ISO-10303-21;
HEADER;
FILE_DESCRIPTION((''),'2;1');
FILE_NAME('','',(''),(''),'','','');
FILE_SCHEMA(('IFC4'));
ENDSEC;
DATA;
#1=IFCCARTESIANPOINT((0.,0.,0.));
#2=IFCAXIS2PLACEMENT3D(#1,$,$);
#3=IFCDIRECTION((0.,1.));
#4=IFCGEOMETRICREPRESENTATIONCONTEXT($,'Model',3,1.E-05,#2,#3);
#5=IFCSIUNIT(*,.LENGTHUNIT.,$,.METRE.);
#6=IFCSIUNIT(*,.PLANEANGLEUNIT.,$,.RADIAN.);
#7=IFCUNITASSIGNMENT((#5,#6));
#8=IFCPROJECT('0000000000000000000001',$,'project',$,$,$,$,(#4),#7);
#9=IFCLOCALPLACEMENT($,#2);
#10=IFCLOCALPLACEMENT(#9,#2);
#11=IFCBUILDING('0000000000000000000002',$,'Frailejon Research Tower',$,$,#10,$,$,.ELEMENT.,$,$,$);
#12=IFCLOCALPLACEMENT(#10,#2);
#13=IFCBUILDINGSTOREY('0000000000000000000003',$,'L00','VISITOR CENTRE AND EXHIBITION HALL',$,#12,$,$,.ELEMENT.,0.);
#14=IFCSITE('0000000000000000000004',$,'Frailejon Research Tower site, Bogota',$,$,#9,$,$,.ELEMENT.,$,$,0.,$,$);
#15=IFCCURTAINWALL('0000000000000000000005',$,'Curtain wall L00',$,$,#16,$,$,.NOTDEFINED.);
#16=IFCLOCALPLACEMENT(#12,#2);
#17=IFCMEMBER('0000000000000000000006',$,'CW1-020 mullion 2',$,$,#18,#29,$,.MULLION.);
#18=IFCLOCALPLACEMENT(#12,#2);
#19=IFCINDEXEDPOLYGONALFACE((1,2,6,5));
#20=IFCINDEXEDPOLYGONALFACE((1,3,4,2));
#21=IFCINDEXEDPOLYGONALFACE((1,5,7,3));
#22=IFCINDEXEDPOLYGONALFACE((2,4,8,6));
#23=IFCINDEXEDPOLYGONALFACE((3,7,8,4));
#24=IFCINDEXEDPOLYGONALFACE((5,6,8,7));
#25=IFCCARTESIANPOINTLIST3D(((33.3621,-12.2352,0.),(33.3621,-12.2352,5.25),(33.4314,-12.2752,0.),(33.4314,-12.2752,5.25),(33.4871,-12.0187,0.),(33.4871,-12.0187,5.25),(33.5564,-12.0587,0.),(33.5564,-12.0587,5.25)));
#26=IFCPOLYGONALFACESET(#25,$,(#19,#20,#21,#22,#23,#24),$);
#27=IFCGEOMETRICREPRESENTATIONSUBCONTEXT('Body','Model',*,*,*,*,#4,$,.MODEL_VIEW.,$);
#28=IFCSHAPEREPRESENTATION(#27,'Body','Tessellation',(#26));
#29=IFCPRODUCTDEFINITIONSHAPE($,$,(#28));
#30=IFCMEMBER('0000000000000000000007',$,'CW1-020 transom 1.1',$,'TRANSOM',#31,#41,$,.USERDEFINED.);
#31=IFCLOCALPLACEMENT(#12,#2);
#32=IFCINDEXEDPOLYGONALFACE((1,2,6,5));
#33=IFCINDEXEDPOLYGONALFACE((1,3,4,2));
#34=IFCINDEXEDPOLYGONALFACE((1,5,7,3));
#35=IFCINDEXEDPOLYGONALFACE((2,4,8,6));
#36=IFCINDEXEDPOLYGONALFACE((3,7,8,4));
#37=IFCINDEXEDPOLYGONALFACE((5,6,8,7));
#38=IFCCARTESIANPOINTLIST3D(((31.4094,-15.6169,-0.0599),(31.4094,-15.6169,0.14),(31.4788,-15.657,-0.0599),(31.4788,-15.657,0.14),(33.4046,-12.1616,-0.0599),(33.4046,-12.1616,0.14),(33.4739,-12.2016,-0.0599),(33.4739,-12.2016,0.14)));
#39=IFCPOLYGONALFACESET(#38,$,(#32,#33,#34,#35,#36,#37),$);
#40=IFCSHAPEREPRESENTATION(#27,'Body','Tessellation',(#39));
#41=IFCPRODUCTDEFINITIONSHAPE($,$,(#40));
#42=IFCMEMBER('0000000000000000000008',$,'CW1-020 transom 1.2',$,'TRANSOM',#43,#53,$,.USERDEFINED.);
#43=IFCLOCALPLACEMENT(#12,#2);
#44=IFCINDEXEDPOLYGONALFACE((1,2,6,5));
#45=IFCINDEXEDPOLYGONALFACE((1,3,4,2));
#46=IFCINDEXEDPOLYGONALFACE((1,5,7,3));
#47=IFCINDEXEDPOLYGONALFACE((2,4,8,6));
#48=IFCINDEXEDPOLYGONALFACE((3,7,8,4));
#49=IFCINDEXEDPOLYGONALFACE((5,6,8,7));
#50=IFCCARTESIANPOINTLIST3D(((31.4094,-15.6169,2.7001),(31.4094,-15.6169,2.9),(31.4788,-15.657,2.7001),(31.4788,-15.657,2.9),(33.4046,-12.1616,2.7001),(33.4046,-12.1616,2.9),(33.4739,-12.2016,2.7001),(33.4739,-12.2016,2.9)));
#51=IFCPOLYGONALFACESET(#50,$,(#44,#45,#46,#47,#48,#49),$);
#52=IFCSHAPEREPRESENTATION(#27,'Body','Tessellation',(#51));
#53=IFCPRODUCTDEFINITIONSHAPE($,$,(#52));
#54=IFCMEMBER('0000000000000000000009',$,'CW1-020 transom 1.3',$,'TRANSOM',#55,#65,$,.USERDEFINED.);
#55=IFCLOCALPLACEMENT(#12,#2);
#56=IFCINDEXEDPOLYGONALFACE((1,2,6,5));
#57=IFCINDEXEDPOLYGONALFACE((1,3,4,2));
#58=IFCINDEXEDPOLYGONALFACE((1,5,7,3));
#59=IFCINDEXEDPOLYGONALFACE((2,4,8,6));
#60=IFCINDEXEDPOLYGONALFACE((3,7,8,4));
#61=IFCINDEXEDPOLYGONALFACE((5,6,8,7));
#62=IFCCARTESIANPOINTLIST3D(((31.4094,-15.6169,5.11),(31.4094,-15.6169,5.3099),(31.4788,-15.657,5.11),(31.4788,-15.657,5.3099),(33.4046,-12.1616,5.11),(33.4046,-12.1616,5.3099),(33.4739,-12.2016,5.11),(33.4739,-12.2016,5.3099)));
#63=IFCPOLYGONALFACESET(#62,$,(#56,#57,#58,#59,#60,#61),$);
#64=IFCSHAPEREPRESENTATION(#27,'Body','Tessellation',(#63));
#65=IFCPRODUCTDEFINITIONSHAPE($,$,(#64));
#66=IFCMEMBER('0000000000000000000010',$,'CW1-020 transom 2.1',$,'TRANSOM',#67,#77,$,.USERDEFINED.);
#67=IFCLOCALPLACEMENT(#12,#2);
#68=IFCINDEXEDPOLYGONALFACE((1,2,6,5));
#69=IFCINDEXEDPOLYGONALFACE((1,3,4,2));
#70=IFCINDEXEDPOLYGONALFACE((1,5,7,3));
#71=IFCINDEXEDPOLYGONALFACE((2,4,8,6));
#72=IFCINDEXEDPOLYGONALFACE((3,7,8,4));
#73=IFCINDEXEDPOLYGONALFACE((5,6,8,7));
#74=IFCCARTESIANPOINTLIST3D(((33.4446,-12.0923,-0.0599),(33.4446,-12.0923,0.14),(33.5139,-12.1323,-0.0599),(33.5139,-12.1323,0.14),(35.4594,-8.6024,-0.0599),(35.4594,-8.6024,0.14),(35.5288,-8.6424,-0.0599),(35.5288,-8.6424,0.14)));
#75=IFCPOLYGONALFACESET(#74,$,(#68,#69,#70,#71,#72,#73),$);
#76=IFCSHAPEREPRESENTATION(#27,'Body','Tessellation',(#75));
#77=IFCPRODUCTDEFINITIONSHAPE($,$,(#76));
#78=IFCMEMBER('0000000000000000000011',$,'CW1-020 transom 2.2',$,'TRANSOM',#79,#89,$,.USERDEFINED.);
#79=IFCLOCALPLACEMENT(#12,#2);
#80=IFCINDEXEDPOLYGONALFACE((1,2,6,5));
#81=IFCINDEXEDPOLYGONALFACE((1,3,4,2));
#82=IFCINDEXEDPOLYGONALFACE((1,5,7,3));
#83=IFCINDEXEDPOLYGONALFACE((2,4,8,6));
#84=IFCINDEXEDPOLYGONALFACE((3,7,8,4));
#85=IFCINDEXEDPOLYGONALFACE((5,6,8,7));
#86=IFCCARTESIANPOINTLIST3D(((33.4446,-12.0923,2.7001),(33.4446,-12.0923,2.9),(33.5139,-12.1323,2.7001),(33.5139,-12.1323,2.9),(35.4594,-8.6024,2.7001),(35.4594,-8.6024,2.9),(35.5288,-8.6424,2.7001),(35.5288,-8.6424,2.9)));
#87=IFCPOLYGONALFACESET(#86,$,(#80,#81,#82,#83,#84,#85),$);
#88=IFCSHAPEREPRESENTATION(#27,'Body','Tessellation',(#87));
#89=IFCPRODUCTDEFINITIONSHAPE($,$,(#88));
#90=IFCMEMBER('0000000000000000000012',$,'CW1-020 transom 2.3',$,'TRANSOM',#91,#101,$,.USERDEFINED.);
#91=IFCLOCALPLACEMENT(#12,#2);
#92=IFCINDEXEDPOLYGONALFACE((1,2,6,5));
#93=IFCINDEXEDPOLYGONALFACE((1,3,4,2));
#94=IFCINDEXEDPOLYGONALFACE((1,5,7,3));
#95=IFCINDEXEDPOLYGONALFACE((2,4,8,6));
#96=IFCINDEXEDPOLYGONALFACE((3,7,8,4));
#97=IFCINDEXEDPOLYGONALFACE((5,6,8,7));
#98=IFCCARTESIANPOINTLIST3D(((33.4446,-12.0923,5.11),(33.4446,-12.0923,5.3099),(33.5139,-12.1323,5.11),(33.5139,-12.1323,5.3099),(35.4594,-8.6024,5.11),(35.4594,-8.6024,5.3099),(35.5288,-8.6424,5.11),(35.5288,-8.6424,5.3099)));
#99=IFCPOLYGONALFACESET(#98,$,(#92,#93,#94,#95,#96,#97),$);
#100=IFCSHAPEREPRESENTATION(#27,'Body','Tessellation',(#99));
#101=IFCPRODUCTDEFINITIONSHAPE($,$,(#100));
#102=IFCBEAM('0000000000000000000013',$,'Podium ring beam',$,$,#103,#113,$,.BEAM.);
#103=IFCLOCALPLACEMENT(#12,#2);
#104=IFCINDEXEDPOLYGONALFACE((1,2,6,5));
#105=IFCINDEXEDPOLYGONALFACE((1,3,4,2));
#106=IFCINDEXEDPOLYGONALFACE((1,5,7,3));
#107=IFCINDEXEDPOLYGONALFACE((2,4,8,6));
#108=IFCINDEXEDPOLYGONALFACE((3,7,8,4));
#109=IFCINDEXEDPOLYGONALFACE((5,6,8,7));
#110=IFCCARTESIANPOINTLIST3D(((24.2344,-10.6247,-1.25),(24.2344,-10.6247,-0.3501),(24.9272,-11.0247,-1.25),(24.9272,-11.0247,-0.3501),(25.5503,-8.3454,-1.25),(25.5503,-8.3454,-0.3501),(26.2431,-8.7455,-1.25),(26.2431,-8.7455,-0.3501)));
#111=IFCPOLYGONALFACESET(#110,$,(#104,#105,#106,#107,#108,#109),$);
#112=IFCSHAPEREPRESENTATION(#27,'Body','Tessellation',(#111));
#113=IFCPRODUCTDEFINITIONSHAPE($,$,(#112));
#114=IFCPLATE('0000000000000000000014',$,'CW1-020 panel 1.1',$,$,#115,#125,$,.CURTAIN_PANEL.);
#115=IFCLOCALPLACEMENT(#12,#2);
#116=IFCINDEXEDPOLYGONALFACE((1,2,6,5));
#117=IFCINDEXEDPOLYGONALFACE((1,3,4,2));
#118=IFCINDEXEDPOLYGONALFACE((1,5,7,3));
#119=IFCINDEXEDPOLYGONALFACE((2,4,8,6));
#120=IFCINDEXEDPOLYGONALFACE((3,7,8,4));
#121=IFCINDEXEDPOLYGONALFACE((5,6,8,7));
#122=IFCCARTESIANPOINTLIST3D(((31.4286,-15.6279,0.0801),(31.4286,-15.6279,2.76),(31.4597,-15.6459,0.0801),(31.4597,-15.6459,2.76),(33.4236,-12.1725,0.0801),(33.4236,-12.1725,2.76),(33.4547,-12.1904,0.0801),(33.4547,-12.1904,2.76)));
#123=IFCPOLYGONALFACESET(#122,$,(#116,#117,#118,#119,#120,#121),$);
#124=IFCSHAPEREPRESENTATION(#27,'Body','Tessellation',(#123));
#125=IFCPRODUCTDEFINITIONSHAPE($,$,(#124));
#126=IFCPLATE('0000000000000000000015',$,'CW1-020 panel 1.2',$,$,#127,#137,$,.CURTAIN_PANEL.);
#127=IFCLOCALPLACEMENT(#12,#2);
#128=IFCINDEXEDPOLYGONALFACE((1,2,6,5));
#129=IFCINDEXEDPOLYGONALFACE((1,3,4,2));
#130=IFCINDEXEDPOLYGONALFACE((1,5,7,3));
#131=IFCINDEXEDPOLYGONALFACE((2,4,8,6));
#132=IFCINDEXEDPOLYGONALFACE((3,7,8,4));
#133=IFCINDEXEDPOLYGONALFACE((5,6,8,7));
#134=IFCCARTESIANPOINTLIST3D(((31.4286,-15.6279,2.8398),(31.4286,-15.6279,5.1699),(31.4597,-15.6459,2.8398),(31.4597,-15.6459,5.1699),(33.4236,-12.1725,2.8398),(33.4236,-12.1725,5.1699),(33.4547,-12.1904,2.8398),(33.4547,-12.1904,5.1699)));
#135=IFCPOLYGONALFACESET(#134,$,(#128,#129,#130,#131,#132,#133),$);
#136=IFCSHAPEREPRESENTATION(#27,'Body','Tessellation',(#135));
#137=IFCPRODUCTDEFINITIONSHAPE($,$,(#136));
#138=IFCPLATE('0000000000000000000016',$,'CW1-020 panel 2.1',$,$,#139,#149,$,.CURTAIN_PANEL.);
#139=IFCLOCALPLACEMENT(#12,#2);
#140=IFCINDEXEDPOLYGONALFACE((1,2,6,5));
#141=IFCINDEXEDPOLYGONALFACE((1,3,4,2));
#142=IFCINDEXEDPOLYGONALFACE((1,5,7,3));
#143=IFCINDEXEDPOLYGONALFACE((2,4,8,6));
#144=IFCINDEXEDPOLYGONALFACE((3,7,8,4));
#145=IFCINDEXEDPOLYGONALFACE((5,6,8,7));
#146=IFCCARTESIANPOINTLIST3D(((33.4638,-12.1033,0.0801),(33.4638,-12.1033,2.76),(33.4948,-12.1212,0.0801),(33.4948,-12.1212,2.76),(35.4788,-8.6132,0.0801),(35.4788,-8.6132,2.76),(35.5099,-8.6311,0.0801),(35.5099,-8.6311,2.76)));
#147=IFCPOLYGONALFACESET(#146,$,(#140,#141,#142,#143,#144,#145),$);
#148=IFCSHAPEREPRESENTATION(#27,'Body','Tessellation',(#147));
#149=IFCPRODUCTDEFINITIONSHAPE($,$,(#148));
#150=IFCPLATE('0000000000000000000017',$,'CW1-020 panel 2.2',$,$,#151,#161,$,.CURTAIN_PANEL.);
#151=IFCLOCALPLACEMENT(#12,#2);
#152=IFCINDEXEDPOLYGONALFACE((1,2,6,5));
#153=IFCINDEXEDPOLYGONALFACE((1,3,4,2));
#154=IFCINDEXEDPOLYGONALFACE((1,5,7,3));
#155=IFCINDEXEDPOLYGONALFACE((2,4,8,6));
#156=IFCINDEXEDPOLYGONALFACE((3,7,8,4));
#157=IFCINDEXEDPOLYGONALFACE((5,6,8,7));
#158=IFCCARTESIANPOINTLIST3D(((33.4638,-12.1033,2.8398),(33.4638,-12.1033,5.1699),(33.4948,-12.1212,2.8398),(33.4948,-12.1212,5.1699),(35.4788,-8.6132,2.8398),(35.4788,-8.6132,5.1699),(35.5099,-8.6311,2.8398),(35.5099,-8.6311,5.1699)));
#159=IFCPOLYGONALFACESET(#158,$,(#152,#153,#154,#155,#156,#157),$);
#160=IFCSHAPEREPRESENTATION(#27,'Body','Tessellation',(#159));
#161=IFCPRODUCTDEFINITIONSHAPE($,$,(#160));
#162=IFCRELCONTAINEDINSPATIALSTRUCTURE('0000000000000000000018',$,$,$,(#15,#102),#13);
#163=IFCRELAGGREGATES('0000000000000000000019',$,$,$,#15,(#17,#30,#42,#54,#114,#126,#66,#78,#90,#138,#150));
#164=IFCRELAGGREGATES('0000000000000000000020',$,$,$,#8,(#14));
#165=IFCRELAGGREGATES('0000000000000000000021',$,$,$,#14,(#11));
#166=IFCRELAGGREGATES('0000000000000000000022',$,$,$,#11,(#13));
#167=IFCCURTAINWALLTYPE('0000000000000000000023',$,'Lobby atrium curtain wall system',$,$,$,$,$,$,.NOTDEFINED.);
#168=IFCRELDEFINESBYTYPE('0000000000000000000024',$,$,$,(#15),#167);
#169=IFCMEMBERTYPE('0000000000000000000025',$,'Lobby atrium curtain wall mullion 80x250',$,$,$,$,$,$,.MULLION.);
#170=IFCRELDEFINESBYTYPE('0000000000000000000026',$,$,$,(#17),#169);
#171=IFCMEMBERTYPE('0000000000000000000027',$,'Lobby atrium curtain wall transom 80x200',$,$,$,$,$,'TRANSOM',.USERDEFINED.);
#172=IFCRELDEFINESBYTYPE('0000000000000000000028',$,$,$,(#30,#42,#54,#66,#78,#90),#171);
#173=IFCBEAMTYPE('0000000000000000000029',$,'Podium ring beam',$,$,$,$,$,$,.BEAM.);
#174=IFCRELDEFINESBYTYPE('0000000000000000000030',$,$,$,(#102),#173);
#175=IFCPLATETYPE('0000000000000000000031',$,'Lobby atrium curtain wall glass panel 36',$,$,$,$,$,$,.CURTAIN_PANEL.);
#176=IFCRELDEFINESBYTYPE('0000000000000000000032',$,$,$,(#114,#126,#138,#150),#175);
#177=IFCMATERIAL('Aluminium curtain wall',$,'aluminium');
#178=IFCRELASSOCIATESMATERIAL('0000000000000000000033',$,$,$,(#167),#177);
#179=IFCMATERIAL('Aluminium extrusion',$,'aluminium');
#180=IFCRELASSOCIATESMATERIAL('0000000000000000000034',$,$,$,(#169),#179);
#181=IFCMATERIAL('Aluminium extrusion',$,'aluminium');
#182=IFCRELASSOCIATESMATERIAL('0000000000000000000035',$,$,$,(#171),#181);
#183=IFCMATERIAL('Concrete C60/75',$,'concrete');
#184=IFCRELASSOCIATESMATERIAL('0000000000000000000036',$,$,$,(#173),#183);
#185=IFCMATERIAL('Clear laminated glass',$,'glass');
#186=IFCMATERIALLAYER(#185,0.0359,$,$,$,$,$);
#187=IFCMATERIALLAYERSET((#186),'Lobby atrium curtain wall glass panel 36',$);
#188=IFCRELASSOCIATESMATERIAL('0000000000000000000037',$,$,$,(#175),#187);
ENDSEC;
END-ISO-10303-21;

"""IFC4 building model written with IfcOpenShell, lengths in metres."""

from ifc_helpers import new_model, si_unit, direction, frame, origin, origin_2d, place, context, subcontext, project, spatial, rectangle, extrude, material, layer, layer_set, material_profile, profile_set, type_object, element, aggregate, save


model = new_model("IFC4")

# Units and contexts
model_context = context("Model", 3, precision=1e-05, world=origin(), true_north=direction((0.0, 1.0)))
body_context = subcontext(model_context, "Body", "Model", "MODEL_VIEW")
ifc_project = project(units=[si_unit("LENGTHUNIT", "METRE"), si_unit("PLANEANGLEUNIT", "RADIAN")], contexts=[model_context])

# Site, building, storey
site_placement = place(None, origin())
site = spatial("IfcSite", under=ifc_project, at=site_placement, Name="Frailejon Research Tower site, Bogota", CompositionType="ELEMENT", RefElevation=0.0)
building_placement = place(site_placement, origin())
building = spatial("IfcBuilding", under=site, at=building_placement, Name="Frailejon Research Tower", CompositionType="ELEMENT")
storey_placement = place(building_placement, origin())
storey = spatial("IfcBuildingStorey", under=building, at=storey_placement, Name="L00", Description="VISITOR CENTRE AND EXHIBITION HALL", CompositionType="ELEMENT", Elevation=0.0)

# Shared definitions
ifc_material_1 = material(Name="Aluminium curtain wall", Category="aluminium")
curtain_wall_type = type_object("IfcCurtainWallType", Name="Lobby atrium curtain wall system", PredefinedType="NOTDEFINED", material=ifc_material_1)
ifc_material_2 = material(Name="Aluminium extrusion", Category="aluminium")
ifc_material_profile_1 = material_profile(ifc_material_2, rectangle(XDim=0.0801, YDim=0.25, at=origin_2d()), Name="Lobby atrium curtain wall mullion 80x250")
ifc_profile_set_1 = profile_set([ifc_material_profile_1], Name="Aluminium extrusion")
member_type_1 = type_object("IfcMemberType", Name="Lobby atrium curtain wall mullion 80x250", PredefinedType="MULLION", material=ifc_profile_set_1)

# Curtain wall, members
curtain_wall_1_placement = place(storey_placement, origin())
curtain_wall_1 = element("IfcCurtainWall", 1, at=curtain_wall_1_placement, inside=storey, type_object=curtain_wall_type, Name="Curtain wall L00", PredefinedType="NOTDEFINED")
member_1_placement = place(storey_placement, frame((33.4592, -12.147, 0.0), z_axis=(0.0, 0.0, 1.0), x_axis=(-0.866026, 0.5, 0.0)))
member_1 = element("IfcMember", 2, at=member_1_placement, type_object=member_type_1, Name="CW1-020 mullion 2", PredefinedType="MULLION", context=body_context, shape_type="SweptSolid", body=[
    extrude(rectangle(XDim=0.0801, YDim=0.25, at=origin_2d()), origin(), (0.0, 0.0, 1.0), 5.25),
])
ifc_material_3 = material(Name="Aluminium extrusion", Category="aluminium")
ifc_material_profile_2 = material_profile(ifc_material_3, rectangle(XDim=0.0801, YDim=0.2, at=origin_2d()), Name="Lobby atrium curtain wall transom 80x200")
ifc_profile_set_2 = profile_set([ifc_material_profile_2], Name="Aluminium extrusion")
member_type_2 = type_object("IfcMemberType", Name="Lobby atrium curtain wall transom 80x200", ElementType="TRANSOM", PredefinedType="USERDEFINED", material=ifc_profile_set_2)
member_2_placement = place(storey_placement, frame((31.4441, -15.637, 0.04), z_axis=(0.500035, 0.866005, 0.0), x_axis=(-0.866005, 0.500035, 0.0)))
member_2 = element("IfcMember", 3, at=member_2_placement, type_object=member_type_2, Name="CW1-020 transom 1.1", ObjectType="TRANSOM", PredefinedType="USERDEFINED", context=body_context, shape_type="SweptSolid", body=[
    extrude(rectangle(XDim=0.0801, YDim=0.2, at=origin_2d()), origin(), (0.0, 0.0, 1.0), 3.99),
])
member_3_placement = place(storey_placement, frame((31.4441, -15.637, 2.8), z_axis=(0.500035, 0.866005, 0.0), x_axis=(-0.866005, 0.500035, 0.0)))
member_3 = element("IfcMember", 4, at=member_3_placement, type_object=member_type_2, Name="CW1-020 transom 1.2", ObjectType="TRANSOM", PredefinedType="USERDEFINED", context=body_context, shape_type="SweptSolid", body=[
    extrude(rectangle(XDim=0.0801, YDim=0.2, at=origin_2d()), origin(), (0.0, 0.0, 1.0), 3.99),
])
member_4_placement = place(storey_placement, frame((31.4441, -15.637, 5.21), z_axis=(0.500035, 0.866005, 0.0), x_axis=(-0.866005, 0.500035, 0.0)))
member_4 = element("IfcMember", 5, at=member_4_placement, type_object=member_type_2, Name="CW1-020 transom 1.3", ObjectType="TRANSOM", PredefinedType="USERDEFINED", context=body_context, shape_type="SweptSolid", body=[
    extrude(rectangle(XDim=0.0801, YDim=0.2, at=origin_2d()), origin(), (0.0, 0.0, 1.0), 3.99),
])
member_5_placement = place(storey_placement, frame((33.4792, -12.1123, 0.04), z_axis=(0.49999, 0.866031, 0.0), x_axis=(-0.866031, 0.49999, 0.0)))
member_5 = element("IfcMember", 6, at=member_5_placement, type_object=member_type_2, Name="CW1-020 transom 2.1", ObjectType="TRANSOM", PredefinedType="USERDEFINED", context=body_context, shape_type="SweptSolid", body=[
    extrude(rectangle(XDim=0.0801, YDim=0.2, at=origin_2d()), origin(), (0.0, 0.0, 1.0), 4.0298),
])
member_6_placement = place(storey_placement, frame((33.4792, -12.1123, 2.8), z_axis=(0.49999, 0.866031, 0.0), x_axis=(-0.866031, 0.49999, 0.0)))
member_6 = element("IfcMember", 7, at=member_6_placement, type_object=member_type_2, Name="CW1-020 transom 2.2", ObjectType="TRANSOM", PredefinedType="USERDEFINED", context=body_context, shape_type="SweptSolid", body=[
    extrude(rectangle(XDim=0.0801, YDim=0.2, at=origin_2d()), origin(), (0.0, 0.0, 1.0), 4.0298),
])
member_7_placement = place(storey_placement, frame((33.4792, -12.1123, 5.21), z_axis=(0.49999, 0.866031, 0.0), x_axis=(-0.866031, 0.49999, 0.0)))
member_7 = element("IfcMember", 8, at=member_7_placement, type_object=member_type_2, Name="CW1-020 transom 2.3", ObjectType="TRANSOM", PredefinedType="USERDEFINED", context=body_context, shape_type="SweptSolid", body=[
    extrude(rectangle(XDim=0.0801, YDim=0.2, at=origin_2d()), origin(), (0.0, 0.0, 1.0), 4.0298),
])

# Beam
ifc_material_4 = material(Name="Concrete C60/75", Category="concrete")
ifc_material_profile_3 = material_profile(ifc_material_4, rectangle(XDim=0.8, YDim=0.8999, at=origin_2d()), Name="Podium ring beam")
ifc_profile_set_3 = profile_set([ifc_material_profile_3], Name="Concrete C60/75")
beam_type = type_object("IfcBeamType", Name="Podium ring beam", PredefinedType="BEAM", material=ifc_profile_set_3)
beam_placement = place(storey_placement, frame((24.5808, -10.8247, -0.8), z_axis=(0.49999, 0.866031, 0.0), x_axis=(-0.866031, 0.49999, 0.0)))
element("IfcBeam", 9, at=beam_placement, inside=storey, type_object=beam_type, Name="Podium ring beam", PredefinedType="BEAM", context=body_context, shape_type="SweptSolid", body=[
    extrude(rectangle(XDim=0.8, YDim=0.8999, at=origin_2d()), origin(), (0.0, 0.0, 1.0), 2.6318),
])

# Plates
ifc_material_5 = material(Name="Clear laminated glass", Category="glass")
ifc_layer_1 = layer(ifc_material_5, 0.0359)
ifc_layer_set_1 = layer_set([ifc_layer_1], Name="Lobby atrium curtain wall glass panel 36")
plate_type = type_object("IfcPlateType", Name="Lobby atrium curtain wall glass panel 36", PredefinedType="CURTAIN_PANEL", material=ifc_layer_set_1)
plate_1_placement = place(storey_placement, frame((32.4417, -13.9092, 0.0801), z_axis=(0.0, 0.0, 1.0), x_axis=(0.5, 0.866026, 0.0)))
plate_1 = element("IfcPlate", 10, at=plate_1_placement, type_object=plate_type, Name="CW1-020 panel 1.1", PredefinedType="CURTAIN_PANEL", context=body_context, shape_type="SweptSolid", body=[
    extrude(rectangle(XDim=3.99, YDim=0.0359, at=origin_2d()), origin(), (0.0, 0.0, 1.0), 2.6799),
])
plate_2_placement = place(storey_placement, frame((32.4417, -13.9092, 2.8398), z_axis=(0.0, 0.0, 1.0), x_axis=(0.5, 0.866026, 0.0)))
plate_2 = element("IfcPlate", 11, at=plate_2_placement, type_object=plate_type, Name="CW1-020 panel 1.2", PredefinedType="CURTAIN_PANEL", context=body_context, shape_type="SweptSolid", body=[
    extrude(rectangle(XDim=3.99, YDim=0.0359, at=origin_2d()), origin(), (0.0, 0.0, 1.0), 2.3301),
])
plate_3_placement = place(storey_placement, frame((34.4868, -10.3672, 0.0801), z_axis=(0.0, 0.0, 1.0), x_axis=(0.5, 0.866026, 0.0)))
plate_3 = element("IfcPlate", 12, at=plate_3_placement, type_object=plate_type, Name="CW1-020 panel 2.1", PredefinedType="CURTAIN_PANEL", context=body_context, shape_type="SweptSolid", body=[
    extrude(rectangle(XDim=4.03, YDim=0.0359, at=origin_2d()), origin(), (0.0, 0.0, 1.0), 2.6799),
])
plate_4_placement = place(storey_placement, frame((34.4868, -10.3672, 2.8398), z_axis=(0.0, 0.0, 1.0), x_axis=(0.5, 0.866026, 0.0)))
plate_4 = element("IfcPlate", 13, at=plate_4_placement, type_object=plate_type, Name="CW1-020 panel 2.2", PredefinedType="CURTAIN_PANEL", context=body_context, shape_type="SweptSolid", body=[
    extrude(rectangle(XDim=4.03, YDim=0.0359, at=origin_2d()), origin(), (0.0, 0.0, 1.0), 2.3301),
])
aggregate(curtain_wall_1, [member_1, member_2, member_3, member_4, plate_1, plate_2, member_5, member_6, member_7, plate_3, plate_4])

save(model, "model.ifc")
